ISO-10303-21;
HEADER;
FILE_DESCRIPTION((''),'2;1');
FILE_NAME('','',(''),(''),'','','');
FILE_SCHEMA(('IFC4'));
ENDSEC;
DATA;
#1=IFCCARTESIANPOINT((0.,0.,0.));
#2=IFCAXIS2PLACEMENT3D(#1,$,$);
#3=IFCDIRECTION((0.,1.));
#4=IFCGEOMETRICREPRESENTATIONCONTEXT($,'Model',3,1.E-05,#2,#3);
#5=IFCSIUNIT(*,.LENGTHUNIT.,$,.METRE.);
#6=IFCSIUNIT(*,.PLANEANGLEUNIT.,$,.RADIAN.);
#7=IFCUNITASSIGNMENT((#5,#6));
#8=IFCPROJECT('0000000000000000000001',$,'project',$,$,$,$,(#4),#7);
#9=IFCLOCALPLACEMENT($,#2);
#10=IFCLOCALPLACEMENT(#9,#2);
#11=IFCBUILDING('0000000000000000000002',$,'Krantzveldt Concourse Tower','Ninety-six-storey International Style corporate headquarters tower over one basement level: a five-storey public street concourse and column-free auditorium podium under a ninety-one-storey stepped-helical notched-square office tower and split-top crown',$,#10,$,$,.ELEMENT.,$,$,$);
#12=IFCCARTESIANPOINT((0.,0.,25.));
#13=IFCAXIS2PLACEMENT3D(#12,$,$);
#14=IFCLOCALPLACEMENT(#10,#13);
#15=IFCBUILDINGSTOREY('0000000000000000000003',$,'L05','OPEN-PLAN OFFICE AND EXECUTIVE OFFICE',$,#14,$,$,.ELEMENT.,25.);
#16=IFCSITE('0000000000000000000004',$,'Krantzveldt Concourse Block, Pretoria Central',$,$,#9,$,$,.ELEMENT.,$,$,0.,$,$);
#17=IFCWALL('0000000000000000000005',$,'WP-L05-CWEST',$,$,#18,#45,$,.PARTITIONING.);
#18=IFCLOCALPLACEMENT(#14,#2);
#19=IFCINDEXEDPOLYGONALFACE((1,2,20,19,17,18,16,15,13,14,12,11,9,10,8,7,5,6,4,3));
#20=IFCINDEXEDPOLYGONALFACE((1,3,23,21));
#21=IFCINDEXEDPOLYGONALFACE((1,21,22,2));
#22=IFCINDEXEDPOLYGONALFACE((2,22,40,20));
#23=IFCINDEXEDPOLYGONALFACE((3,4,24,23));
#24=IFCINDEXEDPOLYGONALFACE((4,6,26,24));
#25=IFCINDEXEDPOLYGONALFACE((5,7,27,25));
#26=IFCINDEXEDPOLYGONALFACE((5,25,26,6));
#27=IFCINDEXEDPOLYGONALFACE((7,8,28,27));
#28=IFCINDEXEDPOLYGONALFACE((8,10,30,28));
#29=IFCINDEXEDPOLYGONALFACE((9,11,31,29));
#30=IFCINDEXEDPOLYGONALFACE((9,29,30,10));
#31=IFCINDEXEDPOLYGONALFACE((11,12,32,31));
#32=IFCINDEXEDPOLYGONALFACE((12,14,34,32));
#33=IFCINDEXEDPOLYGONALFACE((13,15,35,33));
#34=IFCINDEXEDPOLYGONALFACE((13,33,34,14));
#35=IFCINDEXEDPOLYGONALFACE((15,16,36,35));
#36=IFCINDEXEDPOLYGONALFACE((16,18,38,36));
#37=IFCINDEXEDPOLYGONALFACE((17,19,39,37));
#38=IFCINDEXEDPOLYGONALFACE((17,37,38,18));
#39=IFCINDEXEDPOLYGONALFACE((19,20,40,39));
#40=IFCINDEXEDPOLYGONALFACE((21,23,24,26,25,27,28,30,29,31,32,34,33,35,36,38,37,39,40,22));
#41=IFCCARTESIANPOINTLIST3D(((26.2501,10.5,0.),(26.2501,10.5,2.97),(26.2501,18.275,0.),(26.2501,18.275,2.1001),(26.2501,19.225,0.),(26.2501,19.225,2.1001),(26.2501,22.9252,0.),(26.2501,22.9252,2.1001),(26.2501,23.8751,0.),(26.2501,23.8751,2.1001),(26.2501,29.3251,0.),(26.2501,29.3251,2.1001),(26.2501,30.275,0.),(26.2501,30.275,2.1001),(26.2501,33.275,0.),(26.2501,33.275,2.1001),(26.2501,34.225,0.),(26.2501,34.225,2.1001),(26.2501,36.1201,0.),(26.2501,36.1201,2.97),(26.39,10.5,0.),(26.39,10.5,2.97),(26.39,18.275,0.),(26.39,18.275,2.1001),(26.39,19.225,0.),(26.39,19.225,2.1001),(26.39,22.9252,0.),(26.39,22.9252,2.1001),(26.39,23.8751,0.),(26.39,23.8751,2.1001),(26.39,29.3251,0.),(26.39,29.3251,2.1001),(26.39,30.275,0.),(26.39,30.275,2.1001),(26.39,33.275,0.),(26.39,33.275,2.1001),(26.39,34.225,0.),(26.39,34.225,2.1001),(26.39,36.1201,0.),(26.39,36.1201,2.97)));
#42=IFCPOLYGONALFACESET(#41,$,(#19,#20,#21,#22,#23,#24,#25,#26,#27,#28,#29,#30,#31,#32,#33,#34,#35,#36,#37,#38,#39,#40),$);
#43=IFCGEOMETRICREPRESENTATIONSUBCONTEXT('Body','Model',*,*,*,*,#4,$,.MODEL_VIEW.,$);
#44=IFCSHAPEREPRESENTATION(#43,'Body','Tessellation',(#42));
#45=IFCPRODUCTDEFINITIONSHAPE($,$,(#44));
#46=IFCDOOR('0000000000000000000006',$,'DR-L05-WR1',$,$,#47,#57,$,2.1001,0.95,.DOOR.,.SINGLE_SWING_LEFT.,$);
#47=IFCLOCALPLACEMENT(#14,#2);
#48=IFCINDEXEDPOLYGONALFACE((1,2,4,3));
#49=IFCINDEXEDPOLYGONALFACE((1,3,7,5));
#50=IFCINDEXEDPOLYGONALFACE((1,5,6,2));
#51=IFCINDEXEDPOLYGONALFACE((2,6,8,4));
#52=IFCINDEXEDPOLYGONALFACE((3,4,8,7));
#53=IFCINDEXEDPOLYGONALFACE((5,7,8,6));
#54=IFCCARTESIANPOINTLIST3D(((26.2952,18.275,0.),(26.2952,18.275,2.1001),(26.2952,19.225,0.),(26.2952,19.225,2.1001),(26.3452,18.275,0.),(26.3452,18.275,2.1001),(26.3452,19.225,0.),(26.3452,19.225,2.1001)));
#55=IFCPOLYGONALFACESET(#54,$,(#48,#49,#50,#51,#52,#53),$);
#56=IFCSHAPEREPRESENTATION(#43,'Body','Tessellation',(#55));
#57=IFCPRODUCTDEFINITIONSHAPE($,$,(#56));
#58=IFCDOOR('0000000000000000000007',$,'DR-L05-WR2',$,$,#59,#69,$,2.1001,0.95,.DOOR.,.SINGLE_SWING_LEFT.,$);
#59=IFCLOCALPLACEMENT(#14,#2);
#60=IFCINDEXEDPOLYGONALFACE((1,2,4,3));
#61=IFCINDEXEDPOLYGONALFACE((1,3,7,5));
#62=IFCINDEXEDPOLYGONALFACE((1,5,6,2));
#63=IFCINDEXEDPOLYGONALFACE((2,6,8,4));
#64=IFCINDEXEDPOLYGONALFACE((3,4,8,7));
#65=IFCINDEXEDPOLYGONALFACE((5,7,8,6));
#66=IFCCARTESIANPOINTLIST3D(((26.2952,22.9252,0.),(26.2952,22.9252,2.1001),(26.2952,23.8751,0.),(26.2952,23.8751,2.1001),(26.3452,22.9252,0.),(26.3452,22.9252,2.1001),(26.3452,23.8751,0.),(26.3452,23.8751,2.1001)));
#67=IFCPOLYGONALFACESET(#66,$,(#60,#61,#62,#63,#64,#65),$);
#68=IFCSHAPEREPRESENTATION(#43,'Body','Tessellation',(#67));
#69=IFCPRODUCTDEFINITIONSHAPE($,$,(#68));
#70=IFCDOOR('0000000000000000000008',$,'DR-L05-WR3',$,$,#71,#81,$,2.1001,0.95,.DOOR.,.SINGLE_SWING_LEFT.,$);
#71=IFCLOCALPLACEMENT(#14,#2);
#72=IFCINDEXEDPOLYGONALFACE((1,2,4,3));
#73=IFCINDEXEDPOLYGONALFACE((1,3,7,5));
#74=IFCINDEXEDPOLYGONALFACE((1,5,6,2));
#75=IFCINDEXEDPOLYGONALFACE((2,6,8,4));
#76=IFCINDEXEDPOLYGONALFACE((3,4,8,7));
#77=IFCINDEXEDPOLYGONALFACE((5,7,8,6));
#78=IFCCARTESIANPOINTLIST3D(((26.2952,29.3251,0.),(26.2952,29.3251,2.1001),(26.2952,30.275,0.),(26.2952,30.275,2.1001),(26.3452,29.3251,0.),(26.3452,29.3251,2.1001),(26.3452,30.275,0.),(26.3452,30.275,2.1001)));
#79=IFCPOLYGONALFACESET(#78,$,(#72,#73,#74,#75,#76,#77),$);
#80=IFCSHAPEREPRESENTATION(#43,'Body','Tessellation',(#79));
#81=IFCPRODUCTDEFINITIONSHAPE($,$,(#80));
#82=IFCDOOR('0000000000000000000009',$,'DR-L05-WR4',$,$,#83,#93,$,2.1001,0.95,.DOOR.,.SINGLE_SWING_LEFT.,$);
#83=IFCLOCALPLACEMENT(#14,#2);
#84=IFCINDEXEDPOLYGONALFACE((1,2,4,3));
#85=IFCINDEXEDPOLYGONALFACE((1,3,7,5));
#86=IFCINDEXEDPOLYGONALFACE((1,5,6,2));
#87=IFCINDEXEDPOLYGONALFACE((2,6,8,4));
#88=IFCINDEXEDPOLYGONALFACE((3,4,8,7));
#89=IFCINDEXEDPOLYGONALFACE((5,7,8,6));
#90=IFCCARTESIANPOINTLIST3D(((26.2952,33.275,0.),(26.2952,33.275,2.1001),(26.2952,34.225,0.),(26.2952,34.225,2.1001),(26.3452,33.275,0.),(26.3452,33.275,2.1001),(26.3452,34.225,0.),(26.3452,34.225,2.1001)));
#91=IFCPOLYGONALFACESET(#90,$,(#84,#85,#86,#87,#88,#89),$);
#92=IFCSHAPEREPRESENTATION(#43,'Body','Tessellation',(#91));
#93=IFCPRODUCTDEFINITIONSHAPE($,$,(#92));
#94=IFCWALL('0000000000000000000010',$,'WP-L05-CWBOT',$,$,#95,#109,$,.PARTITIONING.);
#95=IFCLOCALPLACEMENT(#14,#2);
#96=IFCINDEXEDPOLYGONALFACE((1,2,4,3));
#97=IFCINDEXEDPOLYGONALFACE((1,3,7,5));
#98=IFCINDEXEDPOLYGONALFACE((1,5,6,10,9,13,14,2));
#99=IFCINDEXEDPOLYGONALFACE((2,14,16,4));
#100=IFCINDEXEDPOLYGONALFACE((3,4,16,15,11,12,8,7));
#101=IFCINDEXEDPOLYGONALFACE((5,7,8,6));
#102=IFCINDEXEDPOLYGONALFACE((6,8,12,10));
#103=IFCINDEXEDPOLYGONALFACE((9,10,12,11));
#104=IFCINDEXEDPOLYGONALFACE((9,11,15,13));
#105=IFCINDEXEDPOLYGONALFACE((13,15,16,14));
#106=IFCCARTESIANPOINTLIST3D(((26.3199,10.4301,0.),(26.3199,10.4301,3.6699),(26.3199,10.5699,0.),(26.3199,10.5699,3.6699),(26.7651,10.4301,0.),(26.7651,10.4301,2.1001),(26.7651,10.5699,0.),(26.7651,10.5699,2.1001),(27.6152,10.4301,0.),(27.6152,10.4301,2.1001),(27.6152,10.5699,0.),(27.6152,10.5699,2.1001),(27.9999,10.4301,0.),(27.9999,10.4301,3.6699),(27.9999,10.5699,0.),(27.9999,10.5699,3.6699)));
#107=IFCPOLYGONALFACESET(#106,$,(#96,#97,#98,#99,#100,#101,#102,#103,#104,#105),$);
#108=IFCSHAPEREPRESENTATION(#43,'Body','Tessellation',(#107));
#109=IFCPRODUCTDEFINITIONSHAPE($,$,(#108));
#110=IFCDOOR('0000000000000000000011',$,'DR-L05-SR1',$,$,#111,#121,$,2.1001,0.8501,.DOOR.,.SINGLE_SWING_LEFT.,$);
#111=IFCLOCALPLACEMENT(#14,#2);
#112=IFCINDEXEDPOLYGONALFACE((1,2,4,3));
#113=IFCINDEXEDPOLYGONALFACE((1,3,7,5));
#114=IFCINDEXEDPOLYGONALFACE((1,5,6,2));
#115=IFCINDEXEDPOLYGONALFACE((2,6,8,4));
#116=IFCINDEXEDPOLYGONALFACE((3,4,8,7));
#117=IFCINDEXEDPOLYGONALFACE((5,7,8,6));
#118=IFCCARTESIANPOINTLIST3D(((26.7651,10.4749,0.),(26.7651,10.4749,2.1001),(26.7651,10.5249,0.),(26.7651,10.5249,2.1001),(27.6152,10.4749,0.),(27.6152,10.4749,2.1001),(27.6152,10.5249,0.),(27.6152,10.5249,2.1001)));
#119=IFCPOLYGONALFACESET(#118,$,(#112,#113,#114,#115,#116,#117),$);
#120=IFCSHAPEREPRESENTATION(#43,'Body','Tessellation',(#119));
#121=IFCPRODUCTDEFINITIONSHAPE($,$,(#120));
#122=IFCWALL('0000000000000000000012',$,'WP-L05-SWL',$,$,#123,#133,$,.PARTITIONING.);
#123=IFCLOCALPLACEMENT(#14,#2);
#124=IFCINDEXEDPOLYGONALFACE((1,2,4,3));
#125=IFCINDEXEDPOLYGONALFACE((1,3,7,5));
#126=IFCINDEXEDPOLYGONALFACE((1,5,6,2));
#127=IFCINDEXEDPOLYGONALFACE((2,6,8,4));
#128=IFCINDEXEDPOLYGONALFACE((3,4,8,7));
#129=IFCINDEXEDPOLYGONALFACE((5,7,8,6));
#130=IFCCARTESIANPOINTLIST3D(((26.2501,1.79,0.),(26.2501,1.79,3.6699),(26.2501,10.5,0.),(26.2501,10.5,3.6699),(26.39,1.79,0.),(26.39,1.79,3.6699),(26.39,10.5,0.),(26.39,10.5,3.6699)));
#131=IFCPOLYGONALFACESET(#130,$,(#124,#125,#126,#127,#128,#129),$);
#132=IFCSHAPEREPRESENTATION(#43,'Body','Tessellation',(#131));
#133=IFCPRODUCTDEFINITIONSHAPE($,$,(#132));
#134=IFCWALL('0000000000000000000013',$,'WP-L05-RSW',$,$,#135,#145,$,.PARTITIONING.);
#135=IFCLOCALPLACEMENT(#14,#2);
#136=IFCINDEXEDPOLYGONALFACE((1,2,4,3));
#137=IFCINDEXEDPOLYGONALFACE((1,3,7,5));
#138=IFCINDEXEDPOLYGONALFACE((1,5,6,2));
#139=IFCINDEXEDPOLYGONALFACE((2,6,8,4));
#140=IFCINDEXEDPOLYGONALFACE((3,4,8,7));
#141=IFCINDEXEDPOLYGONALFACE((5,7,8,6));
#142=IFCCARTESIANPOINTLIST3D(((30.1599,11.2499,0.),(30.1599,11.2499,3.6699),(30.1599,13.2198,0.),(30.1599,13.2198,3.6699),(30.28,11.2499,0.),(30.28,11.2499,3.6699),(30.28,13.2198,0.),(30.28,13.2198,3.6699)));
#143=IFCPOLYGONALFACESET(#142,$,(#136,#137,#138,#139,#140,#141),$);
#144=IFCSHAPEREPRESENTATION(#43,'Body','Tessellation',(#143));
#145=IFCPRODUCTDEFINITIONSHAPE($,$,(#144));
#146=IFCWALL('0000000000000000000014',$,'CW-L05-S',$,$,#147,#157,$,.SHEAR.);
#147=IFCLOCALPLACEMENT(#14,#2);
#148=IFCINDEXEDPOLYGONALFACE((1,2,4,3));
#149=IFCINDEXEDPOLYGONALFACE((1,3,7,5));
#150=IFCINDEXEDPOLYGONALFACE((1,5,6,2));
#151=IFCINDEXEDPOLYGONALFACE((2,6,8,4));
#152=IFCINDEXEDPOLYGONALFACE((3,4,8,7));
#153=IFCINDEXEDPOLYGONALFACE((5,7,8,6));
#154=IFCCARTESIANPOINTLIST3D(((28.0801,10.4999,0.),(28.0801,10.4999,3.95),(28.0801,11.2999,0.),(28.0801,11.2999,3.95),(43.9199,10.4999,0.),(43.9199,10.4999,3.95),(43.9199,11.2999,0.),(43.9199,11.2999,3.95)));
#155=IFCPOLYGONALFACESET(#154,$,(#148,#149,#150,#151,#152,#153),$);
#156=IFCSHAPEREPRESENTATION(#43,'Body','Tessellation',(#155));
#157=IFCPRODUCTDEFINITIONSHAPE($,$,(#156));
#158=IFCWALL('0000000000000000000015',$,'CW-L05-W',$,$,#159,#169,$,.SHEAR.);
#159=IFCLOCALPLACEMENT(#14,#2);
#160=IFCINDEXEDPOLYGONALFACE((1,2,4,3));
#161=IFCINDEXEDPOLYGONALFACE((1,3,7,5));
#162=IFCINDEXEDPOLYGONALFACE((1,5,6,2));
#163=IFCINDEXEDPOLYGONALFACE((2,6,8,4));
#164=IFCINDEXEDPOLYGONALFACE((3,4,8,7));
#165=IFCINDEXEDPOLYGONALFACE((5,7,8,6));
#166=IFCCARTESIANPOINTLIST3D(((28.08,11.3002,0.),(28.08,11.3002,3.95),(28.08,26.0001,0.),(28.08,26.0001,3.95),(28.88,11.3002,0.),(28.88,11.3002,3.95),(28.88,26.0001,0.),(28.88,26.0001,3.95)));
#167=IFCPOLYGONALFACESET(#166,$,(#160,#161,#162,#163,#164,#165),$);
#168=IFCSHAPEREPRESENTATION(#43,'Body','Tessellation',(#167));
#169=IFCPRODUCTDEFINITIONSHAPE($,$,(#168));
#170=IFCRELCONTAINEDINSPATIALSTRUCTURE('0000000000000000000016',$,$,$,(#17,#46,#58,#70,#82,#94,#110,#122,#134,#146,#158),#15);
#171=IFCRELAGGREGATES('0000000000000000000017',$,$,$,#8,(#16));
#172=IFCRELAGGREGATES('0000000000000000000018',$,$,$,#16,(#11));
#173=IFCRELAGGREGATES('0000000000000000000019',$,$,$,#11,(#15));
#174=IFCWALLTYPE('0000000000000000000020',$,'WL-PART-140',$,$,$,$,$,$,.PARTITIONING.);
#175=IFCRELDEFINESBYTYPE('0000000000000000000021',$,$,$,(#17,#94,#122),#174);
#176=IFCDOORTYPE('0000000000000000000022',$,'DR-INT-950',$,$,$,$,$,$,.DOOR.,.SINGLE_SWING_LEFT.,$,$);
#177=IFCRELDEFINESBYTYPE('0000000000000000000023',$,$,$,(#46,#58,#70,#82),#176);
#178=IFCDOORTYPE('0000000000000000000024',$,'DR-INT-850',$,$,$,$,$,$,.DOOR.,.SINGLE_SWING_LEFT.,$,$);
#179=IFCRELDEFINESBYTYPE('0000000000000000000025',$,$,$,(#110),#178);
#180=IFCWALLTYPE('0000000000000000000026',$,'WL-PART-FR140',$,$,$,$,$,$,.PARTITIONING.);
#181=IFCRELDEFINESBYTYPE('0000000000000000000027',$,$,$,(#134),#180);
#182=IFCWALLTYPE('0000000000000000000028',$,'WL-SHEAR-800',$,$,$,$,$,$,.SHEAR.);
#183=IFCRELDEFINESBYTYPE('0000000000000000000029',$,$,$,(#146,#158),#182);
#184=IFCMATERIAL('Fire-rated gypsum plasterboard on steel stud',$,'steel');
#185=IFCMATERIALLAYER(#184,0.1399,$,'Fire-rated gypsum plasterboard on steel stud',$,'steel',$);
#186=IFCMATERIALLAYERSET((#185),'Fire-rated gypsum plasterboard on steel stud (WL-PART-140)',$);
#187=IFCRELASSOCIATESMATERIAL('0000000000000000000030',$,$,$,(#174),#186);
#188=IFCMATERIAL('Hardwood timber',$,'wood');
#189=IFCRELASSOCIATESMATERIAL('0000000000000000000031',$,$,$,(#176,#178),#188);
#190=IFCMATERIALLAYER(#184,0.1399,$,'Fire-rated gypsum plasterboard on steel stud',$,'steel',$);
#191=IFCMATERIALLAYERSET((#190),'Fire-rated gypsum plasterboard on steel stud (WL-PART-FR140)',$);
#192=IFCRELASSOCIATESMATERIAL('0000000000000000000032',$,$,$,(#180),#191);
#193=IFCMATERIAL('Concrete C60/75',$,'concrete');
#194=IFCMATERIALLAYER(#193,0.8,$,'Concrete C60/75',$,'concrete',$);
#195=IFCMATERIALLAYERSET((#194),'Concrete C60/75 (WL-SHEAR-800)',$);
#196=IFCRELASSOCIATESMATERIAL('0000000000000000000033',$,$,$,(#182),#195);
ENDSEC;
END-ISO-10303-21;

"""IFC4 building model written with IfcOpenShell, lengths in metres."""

from ifc_helpers import new_model, si_unit, direction, frame, frame_2d, origin, place, context, subcontext, project, spatial, rectangle, extrude, material, layer, layer_set, type_object, element, fill, save


model = new_model("IFC4")

# Units and contexts
model_context = context("Model", 3, precision=1e-05, world=origin(), true_north=direction((0.0, 1.0)))
body_context = subcontext(model_context, "Body", "Model", "MODEL_VIEW")
ifc_project = project(units=[si_unit("LENGTHUNIT", "METRE"), si_unit("PLANEANGLEUNIT", "RADIAN")], contexts=[model_context])

# Site, building, storey
site_placement = place(None, origin())
site = spatial("IfcSite", under=ifc_project, at=site_placement, Name="Krantzveldt Concourse Block, Pretoria Central", CompositionType="ELEMENT", RefElevation=0.0)
building_placement = place(site_placement, origin())
building = spatial("IfcBuilding", under=site, at=building_placement, Name="Krantzveldt Concourse Tower", Description="Ninety-six-storey International Style corporate headquarters tower over one basement level: a five-storey public street concourse and column-free auditorium podium under a ninety-one-storey stepped-helical notched-square office tower and split-top crown", CompositionType="ELEMENT")
storey_placement = place(building_placement, frame((0.0, 0.0, 25.0)))
storey = spatial("IfcBuildingStorey", under=building, at=storey_placement, Name="L05", Description="OPEN-PLAN OFFICE AND EXECUTIVE OFFICE", CompositionType="ELEMENT", Elevation=25.0)

# Wall, openings, doors
ifc_material_1 = material(Name="Fire-rated gypsum plasterboard on steel stud", Category="steel")
ifc_layer_1 = layer(ifc_material_1, 0.1399, Name="Fire-rated gypsum plasterboard on steel stud", Category="steel")
ifc_layer_set_1 = layer_set([ifc_layer_1], Name="Fire-rated gypsum plasterboard on steel stud (WL-PART-140)")
wall_type_1 = type_object("IfcWallType", Name="WL-PART-140", PredefinedType="PARTITIONING", material=ifc_layer_set_1)
wall_1_placement = place(storey_placement, frame((26.3201, 10.5, 0.0), z_axis=(0.0, 0.0, 1.0), x_axis=(0.0, 1.0, 0.0)))
wall_1 = element("IfcWall", 1, at=wall_1_placement, inside=storey, type_object=wall_type_1, Name="WP-L05-CWEST", PredefinedType="PARTITIONING", context=body_context, shape_type="SweptSolid", body=[
    extrude(rectangle(XDim=25.6201, YDim=0.1399, at=frame_2d((12.8101, 0.0))), origin(), (0.0, 0.0, 1.0), 2.97),
])
opening_1_placement = place(wall_1_placement, frame((7.7749, 0.0, 0.0)))
opening_1 = element("IfcOpeningElement", 2, at=opening_1_placement, cuts=wall_1, PredefinedType="OPENING", context=body_context, shape_type="SweptSolid", body=[
    extrude(rectangle(XDim=0.95, YDim=2.1001, at=frame_2d((0.4751, 1.05))), frame((0.0, 0.0801, 0.0), z_axis=(0.0, -1.0, 0.0), x_axis=(1.0, 0.0, 0.0)), (0.0, 0.0, 1.0), 0.1599),
])
opening_2_placement = place(wall_1_placement, frame((12.425, 0.0, 0.0)))
opening_2 = element("IfcOpeningElement", 3, at=opening_2_placement, cuts=wall_1, PredefinedType="OPENING", context=body_context, shape_type="SweptSolid", body=[
    extrude(rectangle(XDim=0.95, YDim=2.1001, at=frame_2d((0.4751, 1.05))), frame((0.0, 0.0801, 0.0), z_axis=(0.0, -1.0, 0.0), x_axis=(1.0, 0.0, 0.0)), (0.0, 0.0, 1.0), 0.1599),
])
opening_3_placement = place(wall_1_placement, frame((18.825, 0.0, 0.0)))
opening_3 = element("IfcOpeningElement", 4, at=opening_3_placement, cuts=wall_1, PredefinedType="OPENING", context=body_context, shape_type="SweptSolid", body=[
    extrude(rectangle(XDim=0.95, YDim=2.1001, at=frame_2d((0.4751, 1.05))), frame((0.0, 0.0801, 0.0), z_axis=(0.0, -1.0, 0.0), x_axis=(1.0, 0.0, 0.0)), (0.0, 0.0, 1.0), 0.1599),
])
opening_4_placement = place(wall_1_placement, frame((22.7749, 0.0, 0.0)))
opening_4 = element("IfcOpeningElement", 5, at=opening_4_placement, cuts=wall_1, PredefinedType="OPENING", context=body_context, shape_type="SweptSolid", body=[
    extrude(rectangle(XDim=0.95, YDim=2.1001, at=frame_2d((0.4751, 1.05))), frame((0.0, 0.0801, 0.0), z_axis=(0.0, -1.0, 0.0), x_axis=(1.0, 0.0, 0.0)), (0.0, 0.0, 1.0), 0.1599),
])
ifc_material_2 = material(Name="Hardwood timber", Category="wood")
door_type_1 = type_object("IfcDoorType", Name="DR-INT-950", OperationType="SINGLE_SWING_LEFT", PredefinedType="DOOR", material=ifc_material_2)
door_1_placement = place(opening_1_placement, origin())
door_1 = element("IfcDoor", 6, at=door_1_placement, inside=storey, type_object=door_type_1, Name="DR-L05-WR1", OperationType="SINGLE_SWING_LEFT", OverallHeight=2.1001, OverallWidth=0.95, PredefinedType="DOOR", context=body_context, shape_type="SweptSolid", body=[
    extrude(rectangle(XDim=0.95, YDim=2.1001, at=frame_2d((0.4751, 1.05))), frame((0.0, 0.0249, 0.0), z_axis=(0.0, -1.0, 0.0), x_axis=(1.0, 0.0, 0.0)), (0.0, 0.0, 1.0), 0.05),
])
fill(opening_1, door_1)
door_2_placement = place(opening_2_placement, origin())
door_2 = element("IfcDoor", 7, at=door_2_placement, inside=storey, type_object=door_type_1, Name="DR-L05-WR2", OperationType="SINGLE_SWING_LEFT", OverallHeight=2.1001, OverallWidth=0.95, PredefinedType="DOOR", context=body_context, shape_type="SweptSolid", body=[
    extrude(rectangle(XDim=0.95, YDim=2.1001, at=frame_2d((0.4751, 1.05))), frame((0.0, 0.0249, 0.0), z_axis=(0.0, -1.0, 0.0), x_axis=(1.0, 0.0, 0.0)), (0.0, 0.0, 1.0), 0.05),
])
fill(opening_2, door_2)
door_3_placement = place(opening_3_placement, origin())
door_3 = element("IfcDoor", 8, at=door_3_placement, inside=storey, type_object=door_type_1, Name="DR-L05-WR3", OperationType="SINGLE_SWING_LEFT", OverallHeight=2.1001, OverallWidth=0.95, PredefinedType="DOOR", context=body_context, shape_type="SweptSolid", body=[
    extrude(rectangle(XDim=0.95, YDim=2.1001, at=frame_2d((0.4751, 1.05))), frame((0.0, 0.0249, 0.0), z_axis=(0.0, -1.0, 0.0), x_axis=(1.0, 0.0, 0.0)), (0.0, 0.0, 1.0), 0.05),
])
fill(opening_3, door_3)
door_4_placement = place(opening_4_placement, origin())
door_4 = element("IfcDoor", 9, at=door_4_placement, inside=storey, type_object=door_type_1, Name="DR-L05-WR4", OperationType="SINGLE_SWING_LEFT", OverallHeight=2.1001, OverallWidth=0.95, PredefinedType="DOOR", context=body_context, shape_type="SweptSolid", body=[
    extrude(rectangle(XDim=0.95, YDim=2.1001, at=frame_2d((0.4751, 1.05))), frame((0.0, 0.0249, 0.0), z_axis=(0.0, -1.0, 0.0), x_axis=(1.0, 0.0, 0.0)), (0.0, 0.0, 1.0), 0.05),
])
fill(opening_4, door_4)

# Wall, opening, door
wall_2_placement = place(storey_placement, frame((26.3201, 10.5, 0.0), z_axis=(0.0, 0.0, 1.0), x_axis=(1.0, 0.0, 0.0)))
wall_2 = element("IfcWall", 10, at=wall_2_placement, inside=storey, type_object=wall_type_1, Name="WP-L05-CWBOT", PredefinedType="PARTITIONING", context=body_context, shape_type="SweptSolid", body=[
    extrude(rectangle(XDim=1.6799, YDim=0.1399, at=frame_2d((0.8398, 0.0))), origin(), (0.0, 0.0, 1.0), 3.6699),
])
opening_5_placement = place(wall_2_placement, frame((0.4451, 0.0, 0.0)))
opening_5 = element("IfcOpeningElement", 11, at=opening_5_placement, cuts=wall_2, PredefinedType="OPENING", context=body_context, shape_type="SweptSolid", body=[
    extrude(rectangle(XDim=0.8501, YDim=2.1001, at=frame_2d((0.425, 1.05))), frame((0.0, 0.0801, 0.0), z_axis=(0.0, -1.0, 0.0), x_axis=(1.0, 0.0, 0.0)), (0.0, 0.0, 1.0), 0.1599),
])
door_type_2 = type_object("IfcDoorType", Name="DR-INT-850", OperationType="SINGLE_SWING_LEFT", PredefinedType="DOOR", material=ifc_material_2)
door_5_placement = place(opening_5_placement, origin())
door_5 = element("IfcDoor", 12, at=door_5_placement, inside=storey, type_object=door_type_2, Name="DR-L05-SR1", OperationType="SINGLE_SWING_LEFT", OverallHeight=2.1001, OverallWidth=0.8501, PredefinedType="DOOR", context=body_context, shape_type="SweptSolid", body=[
    extrude(rectangle(XDim=0.8501, YDim=2.1001, at=frame_2d((0.425, 1.05))), frame((0.0, 0.0249, 0.0), z_axis=(0.0, -1.0, 0.0), x_axis=(1.0, 0.0, 0.0)), (0.0, 0.0, 1.0), 0.05),
])
fill(opening_5, door_5)

# Walls
wall_3_placement = place(storey_placement, frame((26.3201, 1.79, 0.0), z_axis=(0.0, 0.0, 1.0), x_axis=(0.0, 1.0, 0.0)))
element("IfcWall", 13, at=wall_3_placement, inside=storey, type_object=wall_type_1, Name="WP-L05-SWL", PredefinedType="PARTITIONING", context=body_context, shape_type="SweptSolid", body=[
    extrude(rectangle(XDim=8.71, YDim=0.1399, at=frame_2d((4.355, 0.0))), origin(), (0.0, 0.0, 1.0), 3.6699),
])
ifc_layer_2 = layer(ifc_material_1, 0.1399, Name="Fire-rated gypsum plasterboard on steel stud", Category="steel")
ifc_layer_set_2 = layer_set([ifc_layer_2], Name="Fire-rated gypsum plasterboard on steel stud (WL-PART-FR140)")
wall_type_2 = type_object("IfcWallType", Name="WL-PART-FR140", PredefinedType="PARTITIONING", material=ifc_layer_set_2)
wall_4_placement = place(storey_placement, frame((30.22, 11.25, 0.0), z_axis=(0.0, 0.0, 1.0), x_axis=(0.0, 1.0, 0.0)))
element("IfcWall", 14, at=wall_4_placement, inside=storey, type_object=wall_type_2, Name="WP-L05-RSW", PredefinedType="PARTITIONING", context=body_context, shape_type="SweptSolid", body=[
    extrude(rectangle(XDim=1.97, YDim=0.1201, at=frame_2d((0.9849, 0.0))), origin(), (0.0, 0.0, 1.0), 3.6699),
])
ifc_material_3 = material(Name="Concrete C60/75", Category="concrete")
ifc_layer_3 = layer(ifc_material_3, 0.8, Name="Concrete C60/75", Category="concrete")
ifc_layer_set_3 = layer_set([ifc_layer_3], Name="Concrete C60/75 (WL-SHEAR-800)")
wall_type_3 = type_object("IfcWallType", Name="WL-SHEAR-800", PredefinedType="SHEAR", material=ifc_layer_set_3)
wall_5_placement = place(storey_placement, frame((28.0801, 10.8999, 0.0), z_axis=(0.0, 0.0, 1.0), x_axis=(1.0, 0.0, 0.0)))
element("IfcWall", 15, at=wall_5_placement, inside=storey, type_object=wall_type_3, Name="CW-L05-S", PredefinedType="SHEAR", context=body_context, shape_type="SweptSolid", body=[
    extrude(rectangle(XDim=15.8398, YDim=0.8, at=frame_2d((7.9199, 0.0))), origin(), (0.0, 0.0, 1.0), 3.95),
])
wall_6_placement = place(storey_placement, frame((28.48, 11.3, 0.0), z_axis=(0.0, 0.0, 1.0), x_axis=(0.0, 1.0, 0.0)))
element("IfcWall", 16, at=wall_6_placement, inside=storey, type_object=wall_type_3, Name="CW-L05-W", PredefinedType="SHEAR", context=body_context, shape_type="SweptSolid", body=[
    extrude(rectangle(XDim=14.7, YDim=0.8, at=frame_2d((7.3501, 0.0))), origin(), (0.0, 0.0, 1.0), 3.95),
])

save(model, "model.ifc")
